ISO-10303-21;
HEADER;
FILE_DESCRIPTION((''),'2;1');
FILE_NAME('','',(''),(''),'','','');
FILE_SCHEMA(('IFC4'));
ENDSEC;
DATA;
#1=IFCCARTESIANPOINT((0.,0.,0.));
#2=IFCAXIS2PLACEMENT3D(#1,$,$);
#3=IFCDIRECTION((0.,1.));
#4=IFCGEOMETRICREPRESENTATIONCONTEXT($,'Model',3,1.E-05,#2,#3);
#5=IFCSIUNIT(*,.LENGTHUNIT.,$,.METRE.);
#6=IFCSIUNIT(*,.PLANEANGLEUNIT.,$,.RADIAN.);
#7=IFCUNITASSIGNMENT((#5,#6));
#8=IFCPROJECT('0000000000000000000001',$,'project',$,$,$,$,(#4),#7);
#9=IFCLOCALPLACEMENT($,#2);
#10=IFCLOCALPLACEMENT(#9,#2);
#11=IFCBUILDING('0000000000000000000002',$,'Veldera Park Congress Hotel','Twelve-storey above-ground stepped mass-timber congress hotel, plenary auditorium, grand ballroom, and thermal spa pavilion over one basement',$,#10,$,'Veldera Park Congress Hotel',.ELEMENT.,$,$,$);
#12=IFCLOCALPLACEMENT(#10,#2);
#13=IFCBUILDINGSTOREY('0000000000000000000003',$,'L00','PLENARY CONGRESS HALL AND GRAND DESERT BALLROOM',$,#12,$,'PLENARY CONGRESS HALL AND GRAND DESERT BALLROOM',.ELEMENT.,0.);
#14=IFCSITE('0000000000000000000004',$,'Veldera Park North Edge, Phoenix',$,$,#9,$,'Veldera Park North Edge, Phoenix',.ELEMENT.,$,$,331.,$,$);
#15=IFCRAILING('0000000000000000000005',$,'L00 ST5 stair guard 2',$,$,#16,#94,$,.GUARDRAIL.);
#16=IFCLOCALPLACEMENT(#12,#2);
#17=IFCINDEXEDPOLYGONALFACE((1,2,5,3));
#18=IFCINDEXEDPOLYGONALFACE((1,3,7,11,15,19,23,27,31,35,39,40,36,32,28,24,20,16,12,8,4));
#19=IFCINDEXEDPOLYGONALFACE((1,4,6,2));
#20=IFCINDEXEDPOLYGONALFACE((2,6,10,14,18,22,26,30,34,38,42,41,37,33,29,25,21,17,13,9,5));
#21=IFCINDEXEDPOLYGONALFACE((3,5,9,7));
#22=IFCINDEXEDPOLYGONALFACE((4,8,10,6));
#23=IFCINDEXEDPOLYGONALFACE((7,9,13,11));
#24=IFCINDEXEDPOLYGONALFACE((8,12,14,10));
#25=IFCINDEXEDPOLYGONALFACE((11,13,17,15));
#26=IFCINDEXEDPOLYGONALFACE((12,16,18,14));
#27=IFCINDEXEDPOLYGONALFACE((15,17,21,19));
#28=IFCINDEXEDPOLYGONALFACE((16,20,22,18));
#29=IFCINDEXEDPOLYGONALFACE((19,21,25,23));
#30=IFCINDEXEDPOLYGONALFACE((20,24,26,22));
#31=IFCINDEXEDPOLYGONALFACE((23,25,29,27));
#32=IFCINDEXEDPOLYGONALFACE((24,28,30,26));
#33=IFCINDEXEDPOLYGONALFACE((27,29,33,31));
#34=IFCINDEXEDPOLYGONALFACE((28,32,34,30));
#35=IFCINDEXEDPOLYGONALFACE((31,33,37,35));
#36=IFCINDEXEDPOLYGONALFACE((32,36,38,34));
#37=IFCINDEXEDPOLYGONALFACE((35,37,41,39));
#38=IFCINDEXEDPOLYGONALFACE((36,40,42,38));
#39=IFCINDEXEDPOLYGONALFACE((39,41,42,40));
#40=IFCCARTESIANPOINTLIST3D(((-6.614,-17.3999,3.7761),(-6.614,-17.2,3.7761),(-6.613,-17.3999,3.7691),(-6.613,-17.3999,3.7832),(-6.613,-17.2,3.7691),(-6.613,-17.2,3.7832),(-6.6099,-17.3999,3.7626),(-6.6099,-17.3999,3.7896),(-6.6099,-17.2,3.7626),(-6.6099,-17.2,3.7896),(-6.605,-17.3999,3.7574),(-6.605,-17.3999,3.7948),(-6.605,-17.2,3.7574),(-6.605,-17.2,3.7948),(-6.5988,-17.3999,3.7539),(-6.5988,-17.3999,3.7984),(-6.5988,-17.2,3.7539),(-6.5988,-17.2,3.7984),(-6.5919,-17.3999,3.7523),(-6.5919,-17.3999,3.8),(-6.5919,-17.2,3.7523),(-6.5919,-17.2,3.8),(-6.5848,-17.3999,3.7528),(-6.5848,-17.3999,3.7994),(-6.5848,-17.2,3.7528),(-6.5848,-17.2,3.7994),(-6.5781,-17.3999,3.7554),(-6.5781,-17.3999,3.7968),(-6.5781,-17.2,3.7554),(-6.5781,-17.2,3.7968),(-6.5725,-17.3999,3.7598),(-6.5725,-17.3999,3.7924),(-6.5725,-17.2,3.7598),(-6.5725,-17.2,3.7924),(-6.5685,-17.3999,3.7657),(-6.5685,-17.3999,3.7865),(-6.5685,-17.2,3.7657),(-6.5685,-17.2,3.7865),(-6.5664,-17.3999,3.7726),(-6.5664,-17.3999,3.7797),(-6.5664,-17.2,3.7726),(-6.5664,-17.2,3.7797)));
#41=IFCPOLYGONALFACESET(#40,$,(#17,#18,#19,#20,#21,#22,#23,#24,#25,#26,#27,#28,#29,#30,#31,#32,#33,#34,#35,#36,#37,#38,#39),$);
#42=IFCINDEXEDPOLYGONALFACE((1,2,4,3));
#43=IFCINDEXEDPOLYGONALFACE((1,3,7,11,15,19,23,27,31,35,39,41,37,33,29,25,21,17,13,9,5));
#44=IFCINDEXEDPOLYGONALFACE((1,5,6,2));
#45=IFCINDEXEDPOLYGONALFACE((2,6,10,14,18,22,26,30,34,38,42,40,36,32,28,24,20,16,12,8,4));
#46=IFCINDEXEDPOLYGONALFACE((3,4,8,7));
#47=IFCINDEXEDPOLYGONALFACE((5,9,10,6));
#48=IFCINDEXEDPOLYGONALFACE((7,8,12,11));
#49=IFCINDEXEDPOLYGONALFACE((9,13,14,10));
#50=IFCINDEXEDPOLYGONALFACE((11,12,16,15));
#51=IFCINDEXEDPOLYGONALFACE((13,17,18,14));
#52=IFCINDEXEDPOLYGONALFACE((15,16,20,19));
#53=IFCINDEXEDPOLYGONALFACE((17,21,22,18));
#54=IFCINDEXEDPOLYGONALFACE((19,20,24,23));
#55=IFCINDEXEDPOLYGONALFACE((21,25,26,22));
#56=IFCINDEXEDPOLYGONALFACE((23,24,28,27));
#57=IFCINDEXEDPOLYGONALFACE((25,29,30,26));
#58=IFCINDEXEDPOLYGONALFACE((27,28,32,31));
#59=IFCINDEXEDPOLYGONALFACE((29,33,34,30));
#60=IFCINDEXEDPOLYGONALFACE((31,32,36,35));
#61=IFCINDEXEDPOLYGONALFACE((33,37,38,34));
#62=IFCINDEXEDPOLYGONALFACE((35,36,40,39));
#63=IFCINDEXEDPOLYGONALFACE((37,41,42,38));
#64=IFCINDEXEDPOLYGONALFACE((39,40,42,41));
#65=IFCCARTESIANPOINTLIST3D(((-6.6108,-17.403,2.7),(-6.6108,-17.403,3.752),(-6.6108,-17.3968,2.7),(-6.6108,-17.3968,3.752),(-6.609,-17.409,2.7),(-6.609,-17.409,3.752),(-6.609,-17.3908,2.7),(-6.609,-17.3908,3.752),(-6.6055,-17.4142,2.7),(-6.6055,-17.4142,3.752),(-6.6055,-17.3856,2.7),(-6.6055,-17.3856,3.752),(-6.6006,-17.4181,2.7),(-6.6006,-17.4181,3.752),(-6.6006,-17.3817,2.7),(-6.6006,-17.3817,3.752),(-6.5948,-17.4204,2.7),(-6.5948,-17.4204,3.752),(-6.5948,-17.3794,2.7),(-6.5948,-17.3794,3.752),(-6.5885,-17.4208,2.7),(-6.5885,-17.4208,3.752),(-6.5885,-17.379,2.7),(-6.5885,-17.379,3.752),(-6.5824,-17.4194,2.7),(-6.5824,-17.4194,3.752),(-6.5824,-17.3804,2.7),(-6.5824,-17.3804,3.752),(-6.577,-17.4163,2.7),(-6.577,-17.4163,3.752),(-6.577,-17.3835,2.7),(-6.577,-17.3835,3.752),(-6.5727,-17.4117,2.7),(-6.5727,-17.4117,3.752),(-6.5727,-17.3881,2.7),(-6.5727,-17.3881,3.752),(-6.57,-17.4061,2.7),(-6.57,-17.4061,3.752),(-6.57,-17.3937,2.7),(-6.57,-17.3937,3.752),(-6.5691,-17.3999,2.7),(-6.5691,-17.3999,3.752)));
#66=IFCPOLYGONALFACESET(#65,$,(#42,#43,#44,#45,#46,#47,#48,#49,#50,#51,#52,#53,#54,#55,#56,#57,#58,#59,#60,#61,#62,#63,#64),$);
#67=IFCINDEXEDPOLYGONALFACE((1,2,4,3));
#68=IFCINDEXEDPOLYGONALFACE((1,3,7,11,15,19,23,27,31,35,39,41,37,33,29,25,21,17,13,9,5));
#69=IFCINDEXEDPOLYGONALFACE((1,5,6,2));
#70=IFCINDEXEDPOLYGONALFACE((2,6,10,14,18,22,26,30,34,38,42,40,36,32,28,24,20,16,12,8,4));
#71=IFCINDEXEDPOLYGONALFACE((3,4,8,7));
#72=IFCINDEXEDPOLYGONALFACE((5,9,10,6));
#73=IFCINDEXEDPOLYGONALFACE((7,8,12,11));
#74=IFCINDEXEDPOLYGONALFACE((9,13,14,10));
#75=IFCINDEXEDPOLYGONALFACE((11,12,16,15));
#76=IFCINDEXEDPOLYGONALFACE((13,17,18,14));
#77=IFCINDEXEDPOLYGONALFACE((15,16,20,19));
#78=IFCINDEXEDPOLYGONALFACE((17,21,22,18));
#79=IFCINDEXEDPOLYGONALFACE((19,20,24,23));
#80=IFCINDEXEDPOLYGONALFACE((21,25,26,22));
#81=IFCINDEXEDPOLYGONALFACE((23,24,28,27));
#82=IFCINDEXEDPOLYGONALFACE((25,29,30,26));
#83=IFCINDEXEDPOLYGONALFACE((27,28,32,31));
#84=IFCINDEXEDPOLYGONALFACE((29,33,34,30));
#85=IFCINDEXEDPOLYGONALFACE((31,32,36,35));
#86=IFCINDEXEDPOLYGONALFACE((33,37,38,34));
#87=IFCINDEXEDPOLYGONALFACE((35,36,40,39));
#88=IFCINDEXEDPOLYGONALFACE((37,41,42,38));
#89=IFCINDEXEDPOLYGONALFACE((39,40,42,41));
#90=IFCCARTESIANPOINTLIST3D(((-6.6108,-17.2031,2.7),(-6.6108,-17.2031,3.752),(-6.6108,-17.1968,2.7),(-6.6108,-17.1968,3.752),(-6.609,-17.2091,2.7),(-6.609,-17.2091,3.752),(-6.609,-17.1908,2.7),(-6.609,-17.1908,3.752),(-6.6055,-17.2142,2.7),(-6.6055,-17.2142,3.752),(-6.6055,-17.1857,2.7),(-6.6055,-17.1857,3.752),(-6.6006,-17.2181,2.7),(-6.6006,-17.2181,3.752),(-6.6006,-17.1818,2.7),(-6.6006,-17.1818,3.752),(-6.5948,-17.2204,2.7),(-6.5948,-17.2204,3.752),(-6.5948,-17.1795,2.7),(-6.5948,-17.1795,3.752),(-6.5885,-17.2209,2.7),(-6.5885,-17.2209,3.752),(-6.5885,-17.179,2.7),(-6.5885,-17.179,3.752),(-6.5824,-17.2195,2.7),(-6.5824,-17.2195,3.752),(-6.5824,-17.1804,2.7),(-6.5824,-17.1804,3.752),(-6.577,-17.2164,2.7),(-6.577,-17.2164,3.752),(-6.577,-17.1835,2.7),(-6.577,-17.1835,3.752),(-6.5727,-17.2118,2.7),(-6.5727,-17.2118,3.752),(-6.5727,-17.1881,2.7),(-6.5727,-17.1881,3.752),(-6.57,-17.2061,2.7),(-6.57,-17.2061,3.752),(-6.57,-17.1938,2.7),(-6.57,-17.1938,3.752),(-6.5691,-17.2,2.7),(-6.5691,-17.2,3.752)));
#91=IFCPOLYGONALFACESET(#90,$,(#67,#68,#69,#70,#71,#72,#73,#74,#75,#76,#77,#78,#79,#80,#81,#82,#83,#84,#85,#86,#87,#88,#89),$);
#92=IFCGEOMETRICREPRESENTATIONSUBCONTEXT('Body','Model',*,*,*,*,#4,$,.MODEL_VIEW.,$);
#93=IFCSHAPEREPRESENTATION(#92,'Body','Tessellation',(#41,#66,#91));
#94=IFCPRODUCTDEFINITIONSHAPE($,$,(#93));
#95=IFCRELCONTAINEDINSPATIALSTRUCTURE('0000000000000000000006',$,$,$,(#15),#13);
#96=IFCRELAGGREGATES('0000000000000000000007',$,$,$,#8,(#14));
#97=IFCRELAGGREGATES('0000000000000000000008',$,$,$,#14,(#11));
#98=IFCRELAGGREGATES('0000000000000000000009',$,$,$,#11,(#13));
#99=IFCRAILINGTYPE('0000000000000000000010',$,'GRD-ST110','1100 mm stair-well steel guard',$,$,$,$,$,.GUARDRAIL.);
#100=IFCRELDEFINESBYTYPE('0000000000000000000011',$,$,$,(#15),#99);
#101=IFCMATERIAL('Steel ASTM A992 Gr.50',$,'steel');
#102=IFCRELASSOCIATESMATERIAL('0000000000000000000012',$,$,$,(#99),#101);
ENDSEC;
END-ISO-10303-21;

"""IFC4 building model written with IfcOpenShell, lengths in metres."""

from ifc_helpers import new_model, si_unit, direction, frame, origin, origin_2d, place, context, subcontext, project, spatial, circle, extrude, material, type_object, element, save


model = new_model("IFC4")

# Units and contexts
model_context = context("Model", 3, precision=1e-05, world=origin(), true_north=direction((0.0, 1.0)))
body_context = subcontext(model_context, "Body", "Model", "MODEL_VIEW")
ifc_project = project(units=[si_unit("LENGTHUNIT", "METRE"), si_unit("PLANEANGLEUNIT", "RADIAN")], contexts=[model_context])

# Site, building, storey
site_placement = place(None, origin())
site = spatial("IfcSite", under=ifc_project, at=site_placement, Name="Veldera Park North Edge, Phoenix", LongName="Veldera Park North Edge, Phoenix", CompositionType="ELEMENT", RefElevation=331.0)
building_placement = place(site_placement, origin())
building = spatial("IfcBuilding", under=site, at=building_placement, Name="Veldera Park Congress Hotel", Description="Twelve-storey above-ground stepped mass-timber congress hotel, plenary auditorium, grand ballroom, and thermal spa pavilion over one basement", LongName="Veldera Park Congress Hotel", CompositionType="ELEMENT")
storey_placement = place(building_placement, origin())
storey = spatial("IfcBuildingStorey", under=building, at=storey_placement, Name="L00", Description="PLENARY CONGRESS HALL AND GRAND DESERT BALLROOM", LongName="PLENARY CONGRESS HALL AND GRAND DESERT BALLROOM", CompositionType="ELEMENT", Elevation=0.0)

# Shared definitions
ifc_material_1 = material(Name="Steel ASTM A992 Gr.50", Category="steel")

# Railing
railing_type_1 = type_object("IfcRailingType", Name="GRD-ST110", Description="1100 mm stair-well steel guard", PredefinedType="GUARDRAIL", material=ifc_material_1)
railing_1_placement = place(storey_placement, frame((-6.5901, -17.3999, 2.7)))
element("IfcRailing", 1, at=railing_1_placement, inside=storey, type_object=railing_type_1, Name="L00 ST5 stair guard 2", PredefinedType="GUARDRAIL", context=body_context, shape_type="SweptSolid", body=[
    extrude(circle(Radius=0.0239, at=origin_2d()), frame((0.0, 0.0, 1.0762), z_axis=(0.0, 1.0, 0.0), x_axis=(-1.0, 0.0, 0.0)), (0.0, 0.0, 1.0), 0.2),
    extrude(circle(Radius=0.021, at=origin_2d()), origin(), (0.0, 0.0, 1.0), 1.052),
    extrude(circle(Radius=0.021, at=origin_2d()), frame((0.0, 0.2, 0.0)), (0.0, 0.0, 1.0), 1.052),
])

save(model, "model.ifc")
